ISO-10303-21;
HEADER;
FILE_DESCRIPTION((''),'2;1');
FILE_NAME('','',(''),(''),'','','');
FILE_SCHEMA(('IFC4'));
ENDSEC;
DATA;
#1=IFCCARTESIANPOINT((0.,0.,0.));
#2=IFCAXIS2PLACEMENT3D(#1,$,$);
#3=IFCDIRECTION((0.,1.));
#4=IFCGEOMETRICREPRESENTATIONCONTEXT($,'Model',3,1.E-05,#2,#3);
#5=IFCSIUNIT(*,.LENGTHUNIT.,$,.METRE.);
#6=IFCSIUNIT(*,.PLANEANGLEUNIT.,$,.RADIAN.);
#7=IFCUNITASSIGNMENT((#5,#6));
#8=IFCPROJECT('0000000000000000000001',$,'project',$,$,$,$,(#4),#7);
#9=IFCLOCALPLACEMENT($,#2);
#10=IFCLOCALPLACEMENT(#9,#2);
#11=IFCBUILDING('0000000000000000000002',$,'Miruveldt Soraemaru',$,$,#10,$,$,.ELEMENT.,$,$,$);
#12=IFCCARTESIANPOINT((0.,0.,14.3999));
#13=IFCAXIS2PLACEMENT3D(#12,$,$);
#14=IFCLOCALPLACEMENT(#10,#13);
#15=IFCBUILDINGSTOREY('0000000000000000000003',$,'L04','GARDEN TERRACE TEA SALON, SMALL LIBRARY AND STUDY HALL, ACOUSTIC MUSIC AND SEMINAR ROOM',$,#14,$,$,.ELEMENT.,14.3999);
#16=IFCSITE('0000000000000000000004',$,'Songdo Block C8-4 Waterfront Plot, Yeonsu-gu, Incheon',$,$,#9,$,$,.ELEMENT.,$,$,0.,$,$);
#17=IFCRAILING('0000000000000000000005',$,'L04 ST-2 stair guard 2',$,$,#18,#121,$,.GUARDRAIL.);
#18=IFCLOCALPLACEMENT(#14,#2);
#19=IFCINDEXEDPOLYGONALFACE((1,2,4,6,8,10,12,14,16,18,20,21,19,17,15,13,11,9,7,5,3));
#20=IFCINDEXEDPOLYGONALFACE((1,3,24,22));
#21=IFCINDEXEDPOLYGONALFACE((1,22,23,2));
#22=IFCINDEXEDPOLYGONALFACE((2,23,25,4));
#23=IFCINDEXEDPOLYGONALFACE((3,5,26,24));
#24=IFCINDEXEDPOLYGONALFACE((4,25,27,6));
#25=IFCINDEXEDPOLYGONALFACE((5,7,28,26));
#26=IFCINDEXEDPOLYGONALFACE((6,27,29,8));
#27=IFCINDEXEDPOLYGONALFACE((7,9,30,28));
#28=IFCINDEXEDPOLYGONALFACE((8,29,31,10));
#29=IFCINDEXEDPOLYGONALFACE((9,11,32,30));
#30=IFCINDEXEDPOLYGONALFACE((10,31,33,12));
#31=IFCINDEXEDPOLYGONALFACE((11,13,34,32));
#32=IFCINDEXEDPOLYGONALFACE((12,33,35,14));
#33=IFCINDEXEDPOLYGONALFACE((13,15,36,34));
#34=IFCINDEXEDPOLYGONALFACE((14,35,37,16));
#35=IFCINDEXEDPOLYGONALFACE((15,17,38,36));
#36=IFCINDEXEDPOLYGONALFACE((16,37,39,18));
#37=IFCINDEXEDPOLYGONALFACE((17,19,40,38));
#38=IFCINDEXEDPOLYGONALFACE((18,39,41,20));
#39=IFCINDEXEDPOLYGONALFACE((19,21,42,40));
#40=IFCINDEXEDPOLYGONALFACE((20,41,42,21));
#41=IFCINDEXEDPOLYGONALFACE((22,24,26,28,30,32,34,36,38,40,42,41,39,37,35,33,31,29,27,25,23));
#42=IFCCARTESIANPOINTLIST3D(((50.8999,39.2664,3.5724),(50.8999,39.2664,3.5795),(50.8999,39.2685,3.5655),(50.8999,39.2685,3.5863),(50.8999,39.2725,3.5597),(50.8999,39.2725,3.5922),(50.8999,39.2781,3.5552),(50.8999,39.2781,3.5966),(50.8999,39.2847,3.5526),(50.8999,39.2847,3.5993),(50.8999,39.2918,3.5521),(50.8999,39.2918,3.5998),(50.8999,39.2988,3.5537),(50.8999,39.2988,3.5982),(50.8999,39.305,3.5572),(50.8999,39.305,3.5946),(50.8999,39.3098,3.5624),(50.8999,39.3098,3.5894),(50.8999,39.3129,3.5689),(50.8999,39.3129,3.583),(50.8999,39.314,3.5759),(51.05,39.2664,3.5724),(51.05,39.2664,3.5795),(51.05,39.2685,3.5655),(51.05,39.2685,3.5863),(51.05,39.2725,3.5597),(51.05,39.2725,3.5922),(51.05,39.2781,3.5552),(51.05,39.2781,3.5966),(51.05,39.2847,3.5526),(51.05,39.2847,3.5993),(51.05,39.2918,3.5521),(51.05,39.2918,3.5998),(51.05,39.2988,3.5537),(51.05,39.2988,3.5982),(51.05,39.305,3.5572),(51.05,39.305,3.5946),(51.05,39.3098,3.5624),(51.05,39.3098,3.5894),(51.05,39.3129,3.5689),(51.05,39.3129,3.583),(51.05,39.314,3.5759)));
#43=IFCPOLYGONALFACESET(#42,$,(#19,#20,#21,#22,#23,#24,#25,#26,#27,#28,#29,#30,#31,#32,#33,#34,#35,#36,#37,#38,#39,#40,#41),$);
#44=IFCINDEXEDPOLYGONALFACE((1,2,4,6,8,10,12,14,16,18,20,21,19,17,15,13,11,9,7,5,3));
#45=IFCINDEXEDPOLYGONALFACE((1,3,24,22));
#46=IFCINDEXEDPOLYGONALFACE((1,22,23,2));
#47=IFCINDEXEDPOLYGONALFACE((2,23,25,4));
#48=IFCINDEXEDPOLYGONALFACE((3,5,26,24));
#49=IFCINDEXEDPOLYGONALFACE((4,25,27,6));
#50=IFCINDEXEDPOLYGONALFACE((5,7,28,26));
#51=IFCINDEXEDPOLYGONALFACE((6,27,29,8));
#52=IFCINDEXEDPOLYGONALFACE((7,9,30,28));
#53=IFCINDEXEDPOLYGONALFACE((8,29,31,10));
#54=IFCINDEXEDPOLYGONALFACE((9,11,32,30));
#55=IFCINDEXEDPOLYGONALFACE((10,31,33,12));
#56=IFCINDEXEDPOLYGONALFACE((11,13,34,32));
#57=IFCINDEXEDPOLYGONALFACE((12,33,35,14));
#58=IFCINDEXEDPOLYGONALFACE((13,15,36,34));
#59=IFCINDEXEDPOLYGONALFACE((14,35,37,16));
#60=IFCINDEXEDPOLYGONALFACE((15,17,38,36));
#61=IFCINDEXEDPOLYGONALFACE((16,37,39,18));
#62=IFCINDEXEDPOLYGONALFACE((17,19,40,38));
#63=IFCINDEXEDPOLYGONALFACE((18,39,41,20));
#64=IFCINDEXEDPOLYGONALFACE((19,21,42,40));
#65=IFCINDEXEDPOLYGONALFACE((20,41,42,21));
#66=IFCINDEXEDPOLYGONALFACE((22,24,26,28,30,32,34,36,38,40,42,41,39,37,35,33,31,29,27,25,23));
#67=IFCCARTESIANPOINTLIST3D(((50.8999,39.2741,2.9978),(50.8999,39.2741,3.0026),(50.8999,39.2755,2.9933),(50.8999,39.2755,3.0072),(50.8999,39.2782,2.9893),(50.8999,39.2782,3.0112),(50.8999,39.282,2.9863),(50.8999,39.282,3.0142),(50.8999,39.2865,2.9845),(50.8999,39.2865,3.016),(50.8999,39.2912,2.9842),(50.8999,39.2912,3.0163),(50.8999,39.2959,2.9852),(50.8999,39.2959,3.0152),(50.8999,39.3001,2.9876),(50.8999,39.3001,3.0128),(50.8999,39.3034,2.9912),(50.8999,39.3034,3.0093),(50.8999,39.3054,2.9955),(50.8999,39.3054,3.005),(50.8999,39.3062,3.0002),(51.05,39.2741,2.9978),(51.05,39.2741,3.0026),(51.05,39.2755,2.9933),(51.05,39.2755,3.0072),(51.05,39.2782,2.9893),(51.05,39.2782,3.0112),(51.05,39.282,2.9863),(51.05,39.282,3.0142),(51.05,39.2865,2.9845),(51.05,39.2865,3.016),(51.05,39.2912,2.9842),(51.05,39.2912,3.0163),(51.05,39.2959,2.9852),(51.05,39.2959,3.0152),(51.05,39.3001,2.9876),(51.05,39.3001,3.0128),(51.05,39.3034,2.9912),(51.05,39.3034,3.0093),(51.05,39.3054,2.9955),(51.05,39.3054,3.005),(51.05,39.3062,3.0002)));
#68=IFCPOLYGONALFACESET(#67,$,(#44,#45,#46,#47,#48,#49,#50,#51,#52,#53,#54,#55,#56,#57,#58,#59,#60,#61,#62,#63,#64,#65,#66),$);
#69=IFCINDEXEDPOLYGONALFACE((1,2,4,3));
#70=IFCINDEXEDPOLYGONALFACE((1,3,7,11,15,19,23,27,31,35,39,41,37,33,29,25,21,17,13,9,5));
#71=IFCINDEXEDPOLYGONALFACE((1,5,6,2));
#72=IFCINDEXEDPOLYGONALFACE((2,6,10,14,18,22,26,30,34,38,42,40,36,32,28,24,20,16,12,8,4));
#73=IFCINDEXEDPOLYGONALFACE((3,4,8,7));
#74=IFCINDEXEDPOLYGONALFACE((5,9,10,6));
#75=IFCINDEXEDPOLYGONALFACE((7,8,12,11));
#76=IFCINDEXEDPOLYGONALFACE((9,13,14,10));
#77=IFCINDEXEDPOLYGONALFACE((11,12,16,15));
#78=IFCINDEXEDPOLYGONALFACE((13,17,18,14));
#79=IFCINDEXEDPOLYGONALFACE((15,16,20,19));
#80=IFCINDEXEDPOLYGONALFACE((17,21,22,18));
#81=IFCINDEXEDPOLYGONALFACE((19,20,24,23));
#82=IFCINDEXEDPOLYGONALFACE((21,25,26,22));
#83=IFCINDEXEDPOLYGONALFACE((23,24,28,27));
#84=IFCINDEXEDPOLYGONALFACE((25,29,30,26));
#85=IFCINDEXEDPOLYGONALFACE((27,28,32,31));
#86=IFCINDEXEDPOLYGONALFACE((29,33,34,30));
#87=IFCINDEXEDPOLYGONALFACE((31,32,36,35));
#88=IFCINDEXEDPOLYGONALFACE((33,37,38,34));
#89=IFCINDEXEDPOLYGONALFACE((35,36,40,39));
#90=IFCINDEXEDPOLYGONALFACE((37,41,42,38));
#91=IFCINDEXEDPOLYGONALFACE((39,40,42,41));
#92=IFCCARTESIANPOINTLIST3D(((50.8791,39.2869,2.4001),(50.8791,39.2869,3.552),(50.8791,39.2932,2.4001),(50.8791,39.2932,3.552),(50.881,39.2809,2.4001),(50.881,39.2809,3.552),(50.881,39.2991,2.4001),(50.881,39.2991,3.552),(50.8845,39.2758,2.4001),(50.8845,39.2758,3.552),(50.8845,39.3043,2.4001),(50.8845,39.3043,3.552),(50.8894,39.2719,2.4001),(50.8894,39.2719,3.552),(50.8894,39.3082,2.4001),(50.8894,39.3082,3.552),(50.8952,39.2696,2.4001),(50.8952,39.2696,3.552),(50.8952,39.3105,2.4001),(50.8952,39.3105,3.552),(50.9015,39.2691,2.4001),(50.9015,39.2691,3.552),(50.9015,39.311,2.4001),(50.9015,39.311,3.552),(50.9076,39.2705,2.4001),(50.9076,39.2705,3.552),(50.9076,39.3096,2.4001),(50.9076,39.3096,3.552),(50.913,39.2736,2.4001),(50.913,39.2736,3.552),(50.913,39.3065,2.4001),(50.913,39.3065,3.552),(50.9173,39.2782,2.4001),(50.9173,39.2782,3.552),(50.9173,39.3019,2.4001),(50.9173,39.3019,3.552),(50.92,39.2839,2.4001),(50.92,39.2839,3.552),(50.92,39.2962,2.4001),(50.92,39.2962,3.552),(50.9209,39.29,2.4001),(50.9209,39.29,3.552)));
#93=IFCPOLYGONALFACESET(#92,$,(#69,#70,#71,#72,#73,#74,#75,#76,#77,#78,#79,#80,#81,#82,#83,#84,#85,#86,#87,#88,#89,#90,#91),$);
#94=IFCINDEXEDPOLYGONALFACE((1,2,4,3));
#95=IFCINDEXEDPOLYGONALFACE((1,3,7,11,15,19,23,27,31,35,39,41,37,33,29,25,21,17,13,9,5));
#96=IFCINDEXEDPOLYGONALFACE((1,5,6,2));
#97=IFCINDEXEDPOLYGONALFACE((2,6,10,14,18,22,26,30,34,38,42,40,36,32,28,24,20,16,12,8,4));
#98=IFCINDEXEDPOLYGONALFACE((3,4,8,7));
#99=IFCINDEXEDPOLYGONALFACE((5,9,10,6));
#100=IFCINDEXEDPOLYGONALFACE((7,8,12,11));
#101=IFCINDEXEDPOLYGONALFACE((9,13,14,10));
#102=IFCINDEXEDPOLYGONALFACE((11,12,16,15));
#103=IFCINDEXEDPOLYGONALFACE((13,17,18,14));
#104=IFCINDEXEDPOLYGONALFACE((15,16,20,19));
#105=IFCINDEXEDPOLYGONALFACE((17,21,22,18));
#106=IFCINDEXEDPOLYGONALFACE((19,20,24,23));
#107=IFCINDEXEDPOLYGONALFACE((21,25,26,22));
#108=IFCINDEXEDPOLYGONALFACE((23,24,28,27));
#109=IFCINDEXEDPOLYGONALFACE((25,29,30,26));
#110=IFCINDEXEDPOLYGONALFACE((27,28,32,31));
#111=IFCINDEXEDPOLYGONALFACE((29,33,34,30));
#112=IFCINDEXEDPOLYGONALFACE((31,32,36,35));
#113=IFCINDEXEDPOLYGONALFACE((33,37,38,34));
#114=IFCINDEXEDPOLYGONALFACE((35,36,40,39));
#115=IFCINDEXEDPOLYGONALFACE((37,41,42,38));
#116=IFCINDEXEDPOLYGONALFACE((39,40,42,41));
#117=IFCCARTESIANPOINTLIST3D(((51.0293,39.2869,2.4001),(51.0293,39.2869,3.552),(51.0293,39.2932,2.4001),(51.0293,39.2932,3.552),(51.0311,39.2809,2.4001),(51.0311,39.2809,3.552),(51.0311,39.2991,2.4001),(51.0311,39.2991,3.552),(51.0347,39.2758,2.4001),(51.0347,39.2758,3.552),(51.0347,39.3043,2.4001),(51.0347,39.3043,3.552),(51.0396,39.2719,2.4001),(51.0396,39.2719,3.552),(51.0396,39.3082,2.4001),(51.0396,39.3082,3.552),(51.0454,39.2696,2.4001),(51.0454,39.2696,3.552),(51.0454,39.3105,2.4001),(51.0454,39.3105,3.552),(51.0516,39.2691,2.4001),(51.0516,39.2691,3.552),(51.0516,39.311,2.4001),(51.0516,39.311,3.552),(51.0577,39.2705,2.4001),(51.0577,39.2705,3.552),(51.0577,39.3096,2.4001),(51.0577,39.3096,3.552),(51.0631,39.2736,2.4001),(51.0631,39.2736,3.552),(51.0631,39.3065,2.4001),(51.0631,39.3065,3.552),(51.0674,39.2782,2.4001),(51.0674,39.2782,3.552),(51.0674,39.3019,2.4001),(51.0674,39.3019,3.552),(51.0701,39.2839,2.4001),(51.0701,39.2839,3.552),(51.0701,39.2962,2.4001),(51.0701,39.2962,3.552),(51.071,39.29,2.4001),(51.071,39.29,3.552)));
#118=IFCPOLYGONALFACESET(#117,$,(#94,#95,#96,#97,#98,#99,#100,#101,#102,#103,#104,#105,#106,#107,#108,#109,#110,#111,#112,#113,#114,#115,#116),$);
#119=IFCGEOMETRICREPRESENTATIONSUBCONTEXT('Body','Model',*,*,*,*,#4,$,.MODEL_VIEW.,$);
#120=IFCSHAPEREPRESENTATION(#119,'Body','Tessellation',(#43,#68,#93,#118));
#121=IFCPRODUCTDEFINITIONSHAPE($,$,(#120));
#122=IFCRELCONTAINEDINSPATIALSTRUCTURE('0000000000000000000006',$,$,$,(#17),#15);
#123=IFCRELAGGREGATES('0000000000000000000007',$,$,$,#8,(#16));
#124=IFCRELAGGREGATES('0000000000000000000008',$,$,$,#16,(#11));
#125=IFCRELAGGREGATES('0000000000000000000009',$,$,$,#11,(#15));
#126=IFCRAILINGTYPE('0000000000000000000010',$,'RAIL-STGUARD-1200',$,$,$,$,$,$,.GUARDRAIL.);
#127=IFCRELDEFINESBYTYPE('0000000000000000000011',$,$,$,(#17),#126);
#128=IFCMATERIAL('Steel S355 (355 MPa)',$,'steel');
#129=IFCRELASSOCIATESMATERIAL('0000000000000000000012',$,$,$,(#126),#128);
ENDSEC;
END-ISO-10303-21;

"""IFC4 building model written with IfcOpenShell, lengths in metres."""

from ifc_helpers import new_model, si_unit, direction, frame, origin, origin_2d, place, context, subcontext, project, spatial, circle, extrude, material, type_object, element, save


model = new_model("IFC4")

# Units and contexts
model_context = context("Model", 3, precision=1e-05, world=origin(), true_north=direction((0.0, 1.0)))
body_context = subcontext(model_context, "Body", "Model", "MODEL_VIEW")
ifc_project = project(units=[si_unit("LENGTHUNIT", "METRE"), si_unit("PLANEANGLEUNIT", "RADIAN")], contexts=[model_context])

# Site, building, storey
site_placement = place(None, origin())
site = spatial("IfcSite", under=ifc_project, at=site_placement, Name="Songdo Block C8-4 Waterfront Plot, Yeonsu-gu, Incheon", CompositionType="ELEMENT", RefElevation=0.0)
building_placement = place(site_placement, origin())
building = spatial("IfcBuilding", under=site, at=building_placement, Name="Miruveldt Soraemaru", CompositionType="ELEMENT")
storey_placement = place(building_placement, frame((0.0, 0.0, 14.3999)))
storey = spatial("IfcBuildingStorey", under=building, at=storey_placement, Name="L04", Description="GARDEN TERRACE TEA SALON, SMALL LIBRARY AND STUDY HALL, ACOUSTIC MUSIC AND SEMINAR ROOM", CompositionType="ELEMENT", Elevation=14.3999)

# Railing
ifc_material_1 = material(Name="Steel S355 (355 MPa)", Category="steel")
railing_type_1 = type_object("IfcRailingType", Name="RAIL-STGUARD-1200", PredefinedType="GUARDRAIL", material=ifc_material_1)
railing_1_placement = place(storey_placement, frame((50.8999, 39.29, 2.4001)))
element("IfcRailing", 1, at=railing_1_placement, inside=storey, type_object=railing_type_1, Name="L04 ST-2 stair guard 2", PredefinedType="GUARDRAIL", context=body_context, shape_type="SweptSolid", body=[
    extrude(circle(Radius=0.0239, at=origin_2d()), frame((0.0, 0.0, 1.1758), z_axis=(1.0, 0.0, 0.0), x_axis=(0.0, 1.0, 0.0)), (0.0, 0.0, 1.0), 0.1501),
    extrude(circle(Radius=0.0161, at=origin_2d()), frame((0.0, 0.0, 0.6001), z_axis=(1.0, 0.0, 0.0), x_axis=(0.0, 1.0, 0.0)), (0.0, 0.0, 1.0), 0.1501),
    extrude(circle(Radius=0.021, at=origin_2d()), origin(), (0.0, 0.0, 1.0), 1.1519),
    extrude(circle(Radius=0.021, at=origin_2d()), frame((0.1501, 0.0, 0.0)), (0.0, 0.0, 1.0), 1.1519),
])

save(model, "model.ifc")
